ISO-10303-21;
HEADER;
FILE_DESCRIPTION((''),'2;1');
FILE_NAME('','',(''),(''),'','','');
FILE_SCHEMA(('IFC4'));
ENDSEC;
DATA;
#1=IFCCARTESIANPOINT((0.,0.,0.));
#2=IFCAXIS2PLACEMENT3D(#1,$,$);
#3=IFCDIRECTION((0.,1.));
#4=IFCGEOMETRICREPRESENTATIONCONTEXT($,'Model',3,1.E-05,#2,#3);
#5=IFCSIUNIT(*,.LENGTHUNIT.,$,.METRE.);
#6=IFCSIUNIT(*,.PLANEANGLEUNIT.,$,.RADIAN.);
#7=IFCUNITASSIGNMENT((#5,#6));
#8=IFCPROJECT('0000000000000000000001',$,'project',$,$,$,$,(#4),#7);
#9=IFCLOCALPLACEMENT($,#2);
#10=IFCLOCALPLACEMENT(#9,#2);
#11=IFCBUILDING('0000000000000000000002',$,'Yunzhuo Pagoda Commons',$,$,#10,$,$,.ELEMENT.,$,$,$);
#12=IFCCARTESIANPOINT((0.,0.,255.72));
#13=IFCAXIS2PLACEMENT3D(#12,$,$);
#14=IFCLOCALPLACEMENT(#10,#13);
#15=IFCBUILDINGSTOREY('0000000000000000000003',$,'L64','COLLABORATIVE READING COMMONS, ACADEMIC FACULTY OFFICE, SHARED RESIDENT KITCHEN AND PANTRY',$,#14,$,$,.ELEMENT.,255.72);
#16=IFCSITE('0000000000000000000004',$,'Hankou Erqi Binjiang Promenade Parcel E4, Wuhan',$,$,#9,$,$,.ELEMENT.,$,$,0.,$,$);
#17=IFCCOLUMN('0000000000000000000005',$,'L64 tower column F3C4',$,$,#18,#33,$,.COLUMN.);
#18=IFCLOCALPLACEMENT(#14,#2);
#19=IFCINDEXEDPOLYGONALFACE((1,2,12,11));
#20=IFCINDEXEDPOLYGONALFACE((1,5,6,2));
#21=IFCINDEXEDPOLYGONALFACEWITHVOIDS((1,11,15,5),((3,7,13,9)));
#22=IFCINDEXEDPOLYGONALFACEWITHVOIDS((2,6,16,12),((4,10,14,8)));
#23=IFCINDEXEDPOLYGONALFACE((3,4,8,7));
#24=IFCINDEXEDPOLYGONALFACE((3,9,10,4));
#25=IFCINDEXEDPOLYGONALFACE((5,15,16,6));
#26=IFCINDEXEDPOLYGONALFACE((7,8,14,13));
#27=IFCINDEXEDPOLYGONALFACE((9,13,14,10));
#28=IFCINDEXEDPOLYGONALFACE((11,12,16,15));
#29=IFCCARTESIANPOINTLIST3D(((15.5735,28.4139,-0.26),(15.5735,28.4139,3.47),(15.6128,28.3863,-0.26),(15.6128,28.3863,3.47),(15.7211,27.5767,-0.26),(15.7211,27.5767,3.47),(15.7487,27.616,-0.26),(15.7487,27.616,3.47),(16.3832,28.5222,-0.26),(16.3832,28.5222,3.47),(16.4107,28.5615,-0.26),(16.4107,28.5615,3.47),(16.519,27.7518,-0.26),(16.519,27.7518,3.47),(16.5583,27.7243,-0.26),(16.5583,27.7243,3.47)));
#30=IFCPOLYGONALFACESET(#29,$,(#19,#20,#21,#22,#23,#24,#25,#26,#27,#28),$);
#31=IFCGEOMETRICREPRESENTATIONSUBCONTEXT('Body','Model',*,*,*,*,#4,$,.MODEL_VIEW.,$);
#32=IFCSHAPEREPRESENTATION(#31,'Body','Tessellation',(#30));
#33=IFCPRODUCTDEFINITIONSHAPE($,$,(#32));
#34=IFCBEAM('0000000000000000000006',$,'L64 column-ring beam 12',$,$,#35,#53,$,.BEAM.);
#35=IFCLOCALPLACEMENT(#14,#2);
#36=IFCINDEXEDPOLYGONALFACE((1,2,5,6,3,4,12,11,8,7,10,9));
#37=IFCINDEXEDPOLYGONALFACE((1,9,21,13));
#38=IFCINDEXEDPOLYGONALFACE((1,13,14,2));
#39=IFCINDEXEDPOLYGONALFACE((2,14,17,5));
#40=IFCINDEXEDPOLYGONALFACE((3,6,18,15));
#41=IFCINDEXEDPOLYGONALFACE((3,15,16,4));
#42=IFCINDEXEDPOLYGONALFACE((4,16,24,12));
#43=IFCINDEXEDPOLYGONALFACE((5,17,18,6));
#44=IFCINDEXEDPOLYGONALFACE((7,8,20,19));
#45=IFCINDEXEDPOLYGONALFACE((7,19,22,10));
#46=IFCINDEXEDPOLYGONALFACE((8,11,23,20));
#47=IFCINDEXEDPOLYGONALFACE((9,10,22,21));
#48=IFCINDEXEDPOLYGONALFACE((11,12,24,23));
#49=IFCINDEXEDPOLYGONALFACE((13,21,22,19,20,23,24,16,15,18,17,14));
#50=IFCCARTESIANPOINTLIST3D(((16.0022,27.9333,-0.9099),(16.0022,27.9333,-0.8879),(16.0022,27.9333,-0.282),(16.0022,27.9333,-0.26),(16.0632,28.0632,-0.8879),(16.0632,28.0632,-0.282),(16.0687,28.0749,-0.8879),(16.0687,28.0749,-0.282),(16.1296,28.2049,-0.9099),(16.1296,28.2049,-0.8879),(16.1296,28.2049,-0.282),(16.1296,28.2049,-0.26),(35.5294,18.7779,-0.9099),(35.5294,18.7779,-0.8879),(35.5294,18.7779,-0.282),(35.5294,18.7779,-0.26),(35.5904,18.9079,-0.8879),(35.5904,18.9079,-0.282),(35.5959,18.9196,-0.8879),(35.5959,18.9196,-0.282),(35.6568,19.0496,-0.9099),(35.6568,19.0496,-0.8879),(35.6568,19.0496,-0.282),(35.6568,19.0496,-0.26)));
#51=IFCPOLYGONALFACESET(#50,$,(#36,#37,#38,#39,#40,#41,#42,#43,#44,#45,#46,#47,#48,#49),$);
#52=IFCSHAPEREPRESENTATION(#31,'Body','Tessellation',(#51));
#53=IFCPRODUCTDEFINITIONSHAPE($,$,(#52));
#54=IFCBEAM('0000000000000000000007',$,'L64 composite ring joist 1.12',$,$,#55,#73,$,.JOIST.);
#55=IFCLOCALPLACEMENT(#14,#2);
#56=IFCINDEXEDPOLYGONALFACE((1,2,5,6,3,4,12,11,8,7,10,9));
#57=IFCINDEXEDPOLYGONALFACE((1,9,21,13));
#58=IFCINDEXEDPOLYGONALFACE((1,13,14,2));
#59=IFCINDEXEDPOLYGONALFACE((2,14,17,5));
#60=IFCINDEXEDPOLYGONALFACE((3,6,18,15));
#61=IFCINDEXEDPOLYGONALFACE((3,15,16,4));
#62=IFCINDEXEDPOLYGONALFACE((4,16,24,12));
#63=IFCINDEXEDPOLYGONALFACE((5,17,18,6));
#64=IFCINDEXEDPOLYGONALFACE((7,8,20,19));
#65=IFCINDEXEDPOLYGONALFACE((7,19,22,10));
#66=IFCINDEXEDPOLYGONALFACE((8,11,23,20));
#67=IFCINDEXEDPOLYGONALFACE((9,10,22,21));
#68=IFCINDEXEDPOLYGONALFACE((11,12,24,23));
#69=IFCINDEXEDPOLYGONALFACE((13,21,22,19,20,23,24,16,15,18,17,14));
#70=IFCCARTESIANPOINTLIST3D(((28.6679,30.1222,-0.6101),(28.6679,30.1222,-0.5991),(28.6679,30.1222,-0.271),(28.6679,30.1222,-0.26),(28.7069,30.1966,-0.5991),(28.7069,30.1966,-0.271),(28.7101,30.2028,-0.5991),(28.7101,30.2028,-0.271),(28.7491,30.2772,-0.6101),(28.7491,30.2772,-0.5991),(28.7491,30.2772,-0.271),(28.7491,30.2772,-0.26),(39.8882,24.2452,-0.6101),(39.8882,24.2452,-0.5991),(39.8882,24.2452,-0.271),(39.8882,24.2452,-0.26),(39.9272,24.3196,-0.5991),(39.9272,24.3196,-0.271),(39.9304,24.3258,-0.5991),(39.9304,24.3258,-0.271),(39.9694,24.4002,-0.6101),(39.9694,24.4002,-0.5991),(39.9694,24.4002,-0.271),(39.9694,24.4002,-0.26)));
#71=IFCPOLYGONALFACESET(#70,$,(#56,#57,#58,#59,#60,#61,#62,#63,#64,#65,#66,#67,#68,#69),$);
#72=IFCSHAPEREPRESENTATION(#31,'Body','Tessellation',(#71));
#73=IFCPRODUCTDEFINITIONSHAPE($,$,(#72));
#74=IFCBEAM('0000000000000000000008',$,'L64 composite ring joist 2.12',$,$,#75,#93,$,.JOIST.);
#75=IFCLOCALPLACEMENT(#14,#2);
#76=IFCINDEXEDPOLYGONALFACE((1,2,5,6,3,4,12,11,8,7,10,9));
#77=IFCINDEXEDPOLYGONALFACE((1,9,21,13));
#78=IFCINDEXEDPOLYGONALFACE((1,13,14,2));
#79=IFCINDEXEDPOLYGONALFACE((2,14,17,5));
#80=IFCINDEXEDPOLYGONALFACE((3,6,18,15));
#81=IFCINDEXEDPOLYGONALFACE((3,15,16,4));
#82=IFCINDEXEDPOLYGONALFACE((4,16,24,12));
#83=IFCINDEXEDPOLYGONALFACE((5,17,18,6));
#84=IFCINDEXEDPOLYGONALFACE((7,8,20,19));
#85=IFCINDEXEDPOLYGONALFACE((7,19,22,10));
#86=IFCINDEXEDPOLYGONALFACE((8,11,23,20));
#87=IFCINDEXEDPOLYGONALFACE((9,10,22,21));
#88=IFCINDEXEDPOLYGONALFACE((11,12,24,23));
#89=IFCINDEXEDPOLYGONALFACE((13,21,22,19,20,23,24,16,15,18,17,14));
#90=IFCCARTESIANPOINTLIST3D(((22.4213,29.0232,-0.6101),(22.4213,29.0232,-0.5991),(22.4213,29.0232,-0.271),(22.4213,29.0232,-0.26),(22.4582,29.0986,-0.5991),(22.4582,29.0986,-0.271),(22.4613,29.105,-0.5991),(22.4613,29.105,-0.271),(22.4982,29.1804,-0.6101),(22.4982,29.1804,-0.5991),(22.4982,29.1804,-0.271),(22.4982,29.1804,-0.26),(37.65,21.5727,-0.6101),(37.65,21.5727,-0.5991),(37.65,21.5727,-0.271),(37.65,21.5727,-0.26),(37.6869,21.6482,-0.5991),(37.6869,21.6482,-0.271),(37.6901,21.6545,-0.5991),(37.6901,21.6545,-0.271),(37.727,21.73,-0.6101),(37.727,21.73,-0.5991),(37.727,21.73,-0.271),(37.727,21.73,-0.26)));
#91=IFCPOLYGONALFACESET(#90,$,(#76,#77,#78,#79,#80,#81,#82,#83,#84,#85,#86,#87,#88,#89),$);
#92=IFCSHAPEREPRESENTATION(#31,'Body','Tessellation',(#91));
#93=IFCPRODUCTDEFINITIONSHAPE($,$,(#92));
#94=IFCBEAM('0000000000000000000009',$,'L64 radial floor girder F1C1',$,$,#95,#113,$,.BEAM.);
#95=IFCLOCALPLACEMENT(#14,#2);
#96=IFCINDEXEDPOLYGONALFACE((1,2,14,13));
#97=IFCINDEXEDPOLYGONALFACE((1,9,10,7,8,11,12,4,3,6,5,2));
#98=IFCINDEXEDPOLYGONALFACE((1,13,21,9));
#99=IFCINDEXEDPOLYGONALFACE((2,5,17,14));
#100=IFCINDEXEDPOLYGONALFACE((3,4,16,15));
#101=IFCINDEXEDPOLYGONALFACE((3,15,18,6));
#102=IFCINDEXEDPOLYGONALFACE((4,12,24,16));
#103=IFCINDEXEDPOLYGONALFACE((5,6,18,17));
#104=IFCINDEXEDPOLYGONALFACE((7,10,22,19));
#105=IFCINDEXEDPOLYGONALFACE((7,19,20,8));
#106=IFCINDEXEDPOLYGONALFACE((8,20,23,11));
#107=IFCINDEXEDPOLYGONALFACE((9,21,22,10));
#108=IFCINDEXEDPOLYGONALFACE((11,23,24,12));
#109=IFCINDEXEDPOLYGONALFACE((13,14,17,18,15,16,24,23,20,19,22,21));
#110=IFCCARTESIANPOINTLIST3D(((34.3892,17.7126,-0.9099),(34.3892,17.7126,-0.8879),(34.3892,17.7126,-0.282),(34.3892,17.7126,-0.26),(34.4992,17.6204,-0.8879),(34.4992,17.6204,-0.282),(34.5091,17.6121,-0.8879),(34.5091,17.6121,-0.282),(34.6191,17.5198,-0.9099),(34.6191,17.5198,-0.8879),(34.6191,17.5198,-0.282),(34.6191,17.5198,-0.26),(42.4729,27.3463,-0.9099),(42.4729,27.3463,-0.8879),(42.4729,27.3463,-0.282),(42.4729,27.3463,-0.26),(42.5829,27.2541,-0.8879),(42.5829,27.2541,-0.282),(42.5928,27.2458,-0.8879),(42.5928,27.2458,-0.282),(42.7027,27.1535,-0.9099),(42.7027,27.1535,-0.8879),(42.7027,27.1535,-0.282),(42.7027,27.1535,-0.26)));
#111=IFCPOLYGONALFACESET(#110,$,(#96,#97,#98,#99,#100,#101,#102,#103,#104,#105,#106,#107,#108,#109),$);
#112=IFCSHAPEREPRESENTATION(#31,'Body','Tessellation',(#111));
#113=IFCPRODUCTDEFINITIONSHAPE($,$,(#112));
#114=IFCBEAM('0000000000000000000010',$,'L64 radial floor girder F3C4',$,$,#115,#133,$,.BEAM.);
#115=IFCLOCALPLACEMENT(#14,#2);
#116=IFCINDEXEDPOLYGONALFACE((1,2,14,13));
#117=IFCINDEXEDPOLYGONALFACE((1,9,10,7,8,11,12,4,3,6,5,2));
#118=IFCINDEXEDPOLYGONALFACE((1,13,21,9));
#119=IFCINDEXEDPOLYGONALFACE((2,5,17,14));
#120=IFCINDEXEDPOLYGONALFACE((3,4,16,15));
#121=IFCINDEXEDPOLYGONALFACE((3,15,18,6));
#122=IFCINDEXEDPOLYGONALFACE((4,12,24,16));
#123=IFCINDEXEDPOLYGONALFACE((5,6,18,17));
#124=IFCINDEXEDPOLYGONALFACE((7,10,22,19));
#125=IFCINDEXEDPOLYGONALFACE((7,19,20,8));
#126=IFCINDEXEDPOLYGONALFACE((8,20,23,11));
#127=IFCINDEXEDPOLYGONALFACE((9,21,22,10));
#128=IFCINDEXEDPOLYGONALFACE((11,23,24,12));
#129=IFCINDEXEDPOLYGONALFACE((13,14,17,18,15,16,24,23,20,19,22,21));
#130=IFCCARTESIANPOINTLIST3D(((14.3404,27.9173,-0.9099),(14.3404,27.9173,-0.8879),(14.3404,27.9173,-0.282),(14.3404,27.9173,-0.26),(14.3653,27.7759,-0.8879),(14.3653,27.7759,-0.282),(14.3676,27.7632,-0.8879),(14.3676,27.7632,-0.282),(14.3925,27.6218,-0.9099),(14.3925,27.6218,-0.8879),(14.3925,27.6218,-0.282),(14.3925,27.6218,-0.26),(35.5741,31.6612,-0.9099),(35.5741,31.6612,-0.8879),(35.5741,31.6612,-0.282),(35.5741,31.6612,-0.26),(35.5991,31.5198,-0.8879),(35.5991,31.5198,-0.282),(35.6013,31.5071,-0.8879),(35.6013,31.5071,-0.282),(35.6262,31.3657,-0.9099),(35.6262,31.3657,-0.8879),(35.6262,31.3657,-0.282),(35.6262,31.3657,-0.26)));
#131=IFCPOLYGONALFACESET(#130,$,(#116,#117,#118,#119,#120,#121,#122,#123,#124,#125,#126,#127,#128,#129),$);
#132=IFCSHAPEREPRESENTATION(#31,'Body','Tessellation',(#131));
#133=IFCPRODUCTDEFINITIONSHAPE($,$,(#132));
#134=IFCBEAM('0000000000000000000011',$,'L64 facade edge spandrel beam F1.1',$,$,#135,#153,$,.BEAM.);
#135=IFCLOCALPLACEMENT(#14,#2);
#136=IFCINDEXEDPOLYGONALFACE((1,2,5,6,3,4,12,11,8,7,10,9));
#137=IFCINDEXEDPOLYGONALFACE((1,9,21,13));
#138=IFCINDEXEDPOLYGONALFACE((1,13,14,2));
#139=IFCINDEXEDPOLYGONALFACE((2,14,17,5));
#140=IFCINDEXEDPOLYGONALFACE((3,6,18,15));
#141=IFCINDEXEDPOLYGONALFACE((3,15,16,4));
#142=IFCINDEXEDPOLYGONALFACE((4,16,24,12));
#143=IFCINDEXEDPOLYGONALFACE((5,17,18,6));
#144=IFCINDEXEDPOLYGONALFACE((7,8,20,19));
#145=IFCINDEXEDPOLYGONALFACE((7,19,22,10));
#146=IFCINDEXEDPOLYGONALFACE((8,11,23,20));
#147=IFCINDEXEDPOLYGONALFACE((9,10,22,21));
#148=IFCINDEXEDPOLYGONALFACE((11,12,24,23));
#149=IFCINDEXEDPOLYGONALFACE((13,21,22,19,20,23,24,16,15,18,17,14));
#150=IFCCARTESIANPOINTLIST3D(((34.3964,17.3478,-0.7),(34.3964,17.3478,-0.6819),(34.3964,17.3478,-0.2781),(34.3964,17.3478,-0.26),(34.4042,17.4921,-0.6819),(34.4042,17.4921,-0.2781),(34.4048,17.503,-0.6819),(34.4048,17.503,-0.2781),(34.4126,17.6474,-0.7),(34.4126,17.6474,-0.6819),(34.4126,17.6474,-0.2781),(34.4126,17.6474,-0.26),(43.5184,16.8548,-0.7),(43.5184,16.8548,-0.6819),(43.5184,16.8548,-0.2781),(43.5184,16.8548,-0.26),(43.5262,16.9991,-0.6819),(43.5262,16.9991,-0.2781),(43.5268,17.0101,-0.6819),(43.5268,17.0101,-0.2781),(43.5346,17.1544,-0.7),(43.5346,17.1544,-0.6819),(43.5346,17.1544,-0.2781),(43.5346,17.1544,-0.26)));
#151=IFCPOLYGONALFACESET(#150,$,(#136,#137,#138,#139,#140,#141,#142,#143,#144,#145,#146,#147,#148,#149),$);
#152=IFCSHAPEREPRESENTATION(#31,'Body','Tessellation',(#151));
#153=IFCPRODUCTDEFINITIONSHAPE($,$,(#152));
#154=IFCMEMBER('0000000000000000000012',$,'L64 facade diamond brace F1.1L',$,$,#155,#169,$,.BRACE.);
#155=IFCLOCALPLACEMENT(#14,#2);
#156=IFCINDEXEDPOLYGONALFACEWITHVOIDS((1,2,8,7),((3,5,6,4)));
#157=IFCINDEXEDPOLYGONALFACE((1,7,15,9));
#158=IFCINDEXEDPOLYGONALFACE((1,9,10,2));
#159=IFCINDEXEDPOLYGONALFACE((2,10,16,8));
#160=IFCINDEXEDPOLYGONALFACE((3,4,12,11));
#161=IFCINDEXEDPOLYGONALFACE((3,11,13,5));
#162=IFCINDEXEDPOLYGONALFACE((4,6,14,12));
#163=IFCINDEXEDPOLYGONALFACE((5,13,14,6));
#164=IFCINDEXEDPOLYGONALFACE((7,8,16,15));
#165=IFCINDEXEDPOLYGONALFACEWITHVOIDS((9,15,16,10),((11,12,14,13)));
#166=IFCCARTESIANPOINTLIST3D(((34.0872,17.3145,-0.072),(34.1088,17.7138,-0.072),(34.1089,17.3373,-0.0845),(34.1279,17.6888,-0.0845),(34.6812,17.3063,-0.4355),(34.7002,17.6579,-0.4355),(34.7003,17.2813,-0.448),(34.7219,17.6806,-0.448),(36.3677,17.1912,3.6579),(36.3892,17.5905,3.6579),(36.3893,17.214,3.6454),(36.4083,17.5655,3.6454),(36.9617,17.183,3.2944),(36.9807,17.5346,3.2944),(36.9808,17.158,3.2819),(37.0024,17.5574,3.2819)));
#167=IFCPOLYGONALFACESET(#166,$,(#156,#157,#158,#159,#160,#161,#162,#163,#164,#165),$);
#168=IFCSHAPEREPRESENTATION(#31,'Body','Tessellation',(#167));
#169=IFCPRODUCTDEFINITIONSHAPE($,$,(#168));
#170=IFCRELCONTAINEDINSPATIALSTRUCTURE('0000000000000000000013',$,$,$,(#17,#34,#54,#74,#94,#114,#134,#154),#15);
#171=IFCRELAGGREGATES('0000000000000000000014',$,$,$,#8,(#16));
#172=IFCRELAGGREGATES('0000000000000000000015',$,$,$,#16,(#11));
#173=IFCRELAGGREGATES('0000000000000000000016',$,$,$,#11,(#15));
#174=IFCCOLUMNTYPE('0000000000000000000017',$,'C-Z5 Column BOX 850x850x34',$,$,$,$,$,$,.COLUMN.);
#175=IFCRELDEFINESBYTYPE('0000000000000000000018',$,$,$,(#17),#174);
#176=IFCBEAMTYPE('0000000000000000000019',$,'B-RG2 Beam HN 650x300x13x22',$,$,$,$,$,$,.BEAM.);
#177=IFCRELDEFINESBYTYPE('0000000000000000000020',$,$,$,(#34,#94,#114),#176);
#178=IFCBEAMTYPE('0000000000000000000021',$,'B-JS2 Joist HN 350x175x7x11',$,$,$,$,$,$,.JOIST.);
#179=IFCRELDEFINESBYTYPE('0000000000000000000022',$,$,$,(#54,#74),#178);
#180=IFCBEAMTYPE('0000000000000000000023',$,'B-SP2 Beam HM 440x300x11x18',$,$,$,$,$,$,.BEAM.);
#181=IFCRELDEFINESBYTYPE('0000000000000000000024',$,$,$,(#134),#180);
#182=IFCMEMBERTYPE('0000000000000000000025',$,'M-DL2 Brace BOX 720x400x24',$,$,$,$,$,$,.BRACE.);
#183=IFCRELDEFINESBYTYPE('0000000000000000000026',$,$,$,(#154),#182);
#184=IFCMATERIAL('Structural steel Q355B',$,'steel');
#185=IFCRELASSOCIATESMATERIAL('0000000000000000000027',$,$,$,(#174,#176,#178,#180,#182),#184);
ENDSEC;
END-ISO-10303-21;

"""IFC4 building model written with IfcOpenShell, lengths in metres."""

from ifc_helpers import new_model, si_unit, direction, frame, origin, origin_2d, place, context, subcontext, project, spatial, hollow_rectangle, i_section, extrude, source, transform, mapped, material, material_profile, profile_set, type_object, element, save


model = new_model("IFC4")

# Units and contexts
model_context = context("Model", 3, precision=1e-05, world=origin(), true_north=direction((0.0, 1.0)))
body_context = subcontext(model_context, "Body", "Model", "MODEL_VIEW")
ifc_project = project(units=[si_unit("LENGTHUNIT", "METRE"), si_unit("PLANEANGLEUNIT", "RADIAN")], contexts=[model_context])

# Site, building, storey
site_placement = place(None, origin())
site = spatial("IfcSite", under=ifc_project, at=site_placement, Name="Hankou Erqi Binjiang Promenade Parcel E4, Wuhan", CompositionType="ELEMENT", RefElevation=0.0)
building_placement = place(site_placement, origin())
building = spatial("IfcBuilding", under=site, at=building_placement, Name="Yunzhuo Pagoda Commons", CompositionType="ELEMENT")
storey_placement = place(building_placement, frame((0.0, 0.0, 255.72)))
storey = spatial("IfcBuildingStorey", under=building, at=storey_placement, Name="L64", Description="COLLABORATIVE READING COMMONS, ACADEMIC FACULTY OFFICE, SHARED RESIDENT KITCHEN AND PANTRY", CompositionType="ELEMENT", Elevation=255.72)

# Column
ifc_material_1 = material(Name="Structural steel Q355B", Category="steel")
ifc_material_profile_1 = material_profile(ifc_material_1, hollow_rectangle(XDim=0.8501, YDim=0.8501, WallThickness=0.0339, at=origin_2d()), Name="Structural steel Q355B")
ifc_profile_set_1 = profile_set([ifc_material_profile_1], Name="Structural steel Q355B")
column_type = type_object("IfcColumnType", Name="C-Z5 Column BOX 850x850x34", PredefinedType="COLUMN", material=ifc_profile_set_1)
shared_shape_1 = source(origin(), body_context, "Body", "SweptSolid", [
    extrude(hollow_rectangle(XDim=0.8501, YDim=0.8501, WallThickness=0.0339, at=origin_2d()), origin(), (0.0, 0.0, 1.0), 3.73),
])
column_placement = place(storey_placement, frame((16.0659, 28.0691, -0.26), z_axis=(0.0, 0.0, 1.0), x_axis=(0.173648, -0.984808, 0.0)))
element("IfcColumn", 1, at=column_placement, inside=storey, type_object=column_type, Name="L64 tower column F3C4", PredefinedType="COLUMN", context=body_context, shape_type="MappedRepresentation", body=[
    mapped(shared_shape_1, transform((0.0, 0.0, 0.0), scale=1.0)),
])

# Beams
ifc_material_profile_2 = material_profile(ifc_material_1, i_section(OverallWidth=0.3, OverallDepth=0.6499, WebThickness=0.0129, FlangeThickness=0.022, at=origin_2d()), Name="Structural steel Q355B")
ifc_profile_set_2 = profile_set([ifc_material_profile_2], Name="Structural steel Q355B")
beam_type_1 = type_object("IfcBeamType", Name="B-RG2 Beam HN 650x300x13x22", PredefinedType="BEAM", material=ifc_profile_set_2)
shared_shape_2 = source(origin(), body_context, "Body", "SweptSolid", [
    extrude(i_section(OverallWidth=0.3, OverallDepth=0.6499, WebThickness=0.0129, FlangeThickness=0.022, at=origin_2d()), origin(), (0.0, 0.0, 1.0), 21.5669),
])
beam_1_placement = place(storey_placement, frame((16.0659, 28.0691, -0.585), z_axis=(0.905424, -0.424508, 0.0), x_axis=(0.424508, 0.905424, 0.0)))
element("IfcBeam", 2, at=beam_1_placement, inside=storey, type_object=beam_type_1, Name="L64 column-ring beam 12", PredefinedType="BEAM", context=body_context, shape_type="MappedRepresentation", body=[
    mapped(shared_shape_2, transform((0.0, 0.0, 0.0), scale=1.0)),
])
ifc_material_profile_3 = material_profile(ifc_material_1, i_section(OverallWidth=0.175, OverallDepth=0.3501, WebThickness=0.0071, FlangeThickness=0.011, at=origin_2d()), Name="Structural steel Q355B")
ifc_profile_set_3 = profile_set([ifc_material_profile_3], Name="Structural steel Q355B")
beam_type_2 = type_object("IfcBeamType", Name="B-JS2 Joist HN 350x175x7x11", PredefinedType="JOIST", material=ifc_profile_set_3)
shared_shape_3 = source(origin(), body_context, "Body", "SweptSolid", [
    extrude(i_section(OverallWidth=0.175, OverallDepth=0.3501, WebThickness=0.0071, FlangeThickness=0.011, at=origin_2d()), origin(), (0.0, 0.0, 1.0), 12.6663),
])
beam_2_placement = place(storey_placement, frame((28.7085, 30.1997, -0.4351), z_axis=(0.885841, -0.463988, 0.0), x_axis=(0.463988, 0.885841, 0.0)))
element("IfcBeam", 3, at=beam_2_placement, inside=storey, type_object=beam_type_2, Name="L64 composite ring joist 1.12", PredefinedType="JOIST", context=body_context, shape_type="MappedRepresentation", body=[
    mapped(shared_shape_3, transform((0.0, 0.0, 0.0), scale=1.0)),
])
shared_shape_4 = source(origin(), body_context, "Body", "SweptSolid", [
    extrude(i_section(OverallWidth=0.175, OverallDepth=0.3501, WebThickness=0.0071, FlangeThickness=0.011, at=origin_2d()), origin(), (0.0, 0.0, 1.0), 16.9536),
])
beam_3_placement = place(storey_placement, frame((22.4597, 29.1018, -0.4351), z_axis=(0.898262, -0.439461, 0.0), x_axis=(0.439461, 0.898262, 0.0)))
element("IfcBeam", 4, at=beam_3_placement, inside=storey, type_object=beam_type_2, Name="L64 composite ring joist 2.12", PredefinedType="JOIST", context=body_context, shape_type="MappedRepresentation", body=[
    mapped(shared_shape_4, transform((0.0, 0.0, 0.0), scale=1.0)),
])
shared_shape_5 = source(origin(), body_context, "Body", "SweptSolid", [
    extrude(i_section(OverallWidth=0.3, OverallDepth=0.6499, WebThickness=0.0129, FlangeThickness=0.022, at=origin_2d()), origin(), (0.0, 0.0, 1.0), 12.5759),
])
beam_4_placement = place(storey_placement, frame((34.5042, 17.6162, -0.585), z_axis=(0.642789, 0.766043, 0.0), x_axis=(-0.766043, 0.642789, 0.0)))
element("IfcBeam", 5, at=beam_4_placement, inside=storey, type_object=beam_type_1, Name="L64 radial floor girder F1C1", PredefinedType="BEAM", context=body_context, shape_type="MappedRepresentation", body=[
    mapped(shared_shape_5, transform((0.0, 0.0, 0.0), scale=1.0)),
])
shared_shape_6 = source(origin(), body_context, "Body", "SweptSolid", [
    extrude(i_section(OverallWidth=0.3, OverallDepth=0.6499, WebThickness=0.0129, FlangeThickness=0.022, at=origin_2d()), origin(), (0.0, 0.0, 1.0), 21.5613),
])
beam_5_placement = place(storey_placement, frame((14.3665, 27.7695, -0.585), z_axis=(0.984809, 0.173641, 0.0), x_axis=(-0.173641, 0.984809, 0.0)))
element("IfcBeam", 6, at=beam_5_placement, inside=storey, type_object=beam_type_1, Name="L64 radial floor girder F3C4", PredefinedType="BEAM", context=body_context, shape_type="MappedRepresentation", body=[
    mapped(shared_shape_6, transform((0.0, 0.0, 0.0), scale=1.0)),
])
ifc_material_profile_4 = material_profile(ifc_material_1, i_section(OverallWidth=0.3, OverallDepth=0.4399, WebThickness=0.011, FlangeThickness=0.0181, at=origin_2d()), Name="Structural steel Q355B")
ifc_profile_set_4 = profile_set([ifc_material_profile_4], Name="Structural steel Q355B")
beam_type_3 = type_object("IfcBeamType", Name="B-SP2 Beam HM 440x300x11x18", PredefinedType="BEAM", material=ifc_profile_set_4)
shared_shape_7 = source(origin(), body_context, "Body", "SweptSolid", [
    extrude(i_section(OverallWidth=0.3, OverallDepth=0.4399, WebThickness=0.011, FlangeThickness=0.0181, at=origin_2d()), origin(), (0.0, 0.0, 1.0), 9.1353),
])
beam_6_placement = place(storey_placement, frame((34.4045, 17.4976, -0.48), z_axis=(0.998543, -0.053959, 0.0), x_axis=(0.053959, 0.998543, 0.0)))
element("IfcBeam", 7, at=beam_6_placement, inside=storey, type_object=beam_type_3, Name="L64 facade edge spandrel beam F1.1", PredefinedType="BEAM", context=body_context, shape_type="MappedRepresentation", body=[
    mapped(shared_shape_7, transform((0.0, 0.0, 0.0), scale=1.0)),
])

# Member
ifc_material_profile_5 = material_profile(ifc_material_1, hollow_rectangle(XDim=0.3999, YDim=0.72, WallThickness=0.0239, at=origin_2d()), Name="Structural steel Q355B")
ifc_profile_set_5 = profile_set([ifc_material_profile_5], Name="Structural steel Q355B")
member_type_1 = type_object("IfcMemberType", Name="M-DL2 Brace BOX 720x400x24", PredefinedType="BRACE", material=ifc_profile_set_5)
shared_shape_8 = source(origin(), body_context, "Body", "SweptSolid", [
    extrude(hollow_rectangle(XDim=0.3999, YDim=0.72, WallThickness=0.0239, at=origin_2d()), origin(), (0.0, 0.0, 1.0), 4.3735),
])
member_1_placement = place(storey_placement, frame((34.4045, 17.4976, -0.26), z_axis=(0.521423, -0.02819, 0.852832), x_axis=(0.053984, 0.998542, 0.0)))
element("IfcMember", 8, at=member_1_placement, inside=storey, type_object=member_type_1, Name="L64 facade diamond brace F1.1L", PredefinedType="BRACE", context=body_context, shape_type="MappedRepresentation", body=[
    mapped(shared_shape_8, transform((0.0, 0.0, 0.0), scale=1.0)),
])

save(model, "model.ifc")
